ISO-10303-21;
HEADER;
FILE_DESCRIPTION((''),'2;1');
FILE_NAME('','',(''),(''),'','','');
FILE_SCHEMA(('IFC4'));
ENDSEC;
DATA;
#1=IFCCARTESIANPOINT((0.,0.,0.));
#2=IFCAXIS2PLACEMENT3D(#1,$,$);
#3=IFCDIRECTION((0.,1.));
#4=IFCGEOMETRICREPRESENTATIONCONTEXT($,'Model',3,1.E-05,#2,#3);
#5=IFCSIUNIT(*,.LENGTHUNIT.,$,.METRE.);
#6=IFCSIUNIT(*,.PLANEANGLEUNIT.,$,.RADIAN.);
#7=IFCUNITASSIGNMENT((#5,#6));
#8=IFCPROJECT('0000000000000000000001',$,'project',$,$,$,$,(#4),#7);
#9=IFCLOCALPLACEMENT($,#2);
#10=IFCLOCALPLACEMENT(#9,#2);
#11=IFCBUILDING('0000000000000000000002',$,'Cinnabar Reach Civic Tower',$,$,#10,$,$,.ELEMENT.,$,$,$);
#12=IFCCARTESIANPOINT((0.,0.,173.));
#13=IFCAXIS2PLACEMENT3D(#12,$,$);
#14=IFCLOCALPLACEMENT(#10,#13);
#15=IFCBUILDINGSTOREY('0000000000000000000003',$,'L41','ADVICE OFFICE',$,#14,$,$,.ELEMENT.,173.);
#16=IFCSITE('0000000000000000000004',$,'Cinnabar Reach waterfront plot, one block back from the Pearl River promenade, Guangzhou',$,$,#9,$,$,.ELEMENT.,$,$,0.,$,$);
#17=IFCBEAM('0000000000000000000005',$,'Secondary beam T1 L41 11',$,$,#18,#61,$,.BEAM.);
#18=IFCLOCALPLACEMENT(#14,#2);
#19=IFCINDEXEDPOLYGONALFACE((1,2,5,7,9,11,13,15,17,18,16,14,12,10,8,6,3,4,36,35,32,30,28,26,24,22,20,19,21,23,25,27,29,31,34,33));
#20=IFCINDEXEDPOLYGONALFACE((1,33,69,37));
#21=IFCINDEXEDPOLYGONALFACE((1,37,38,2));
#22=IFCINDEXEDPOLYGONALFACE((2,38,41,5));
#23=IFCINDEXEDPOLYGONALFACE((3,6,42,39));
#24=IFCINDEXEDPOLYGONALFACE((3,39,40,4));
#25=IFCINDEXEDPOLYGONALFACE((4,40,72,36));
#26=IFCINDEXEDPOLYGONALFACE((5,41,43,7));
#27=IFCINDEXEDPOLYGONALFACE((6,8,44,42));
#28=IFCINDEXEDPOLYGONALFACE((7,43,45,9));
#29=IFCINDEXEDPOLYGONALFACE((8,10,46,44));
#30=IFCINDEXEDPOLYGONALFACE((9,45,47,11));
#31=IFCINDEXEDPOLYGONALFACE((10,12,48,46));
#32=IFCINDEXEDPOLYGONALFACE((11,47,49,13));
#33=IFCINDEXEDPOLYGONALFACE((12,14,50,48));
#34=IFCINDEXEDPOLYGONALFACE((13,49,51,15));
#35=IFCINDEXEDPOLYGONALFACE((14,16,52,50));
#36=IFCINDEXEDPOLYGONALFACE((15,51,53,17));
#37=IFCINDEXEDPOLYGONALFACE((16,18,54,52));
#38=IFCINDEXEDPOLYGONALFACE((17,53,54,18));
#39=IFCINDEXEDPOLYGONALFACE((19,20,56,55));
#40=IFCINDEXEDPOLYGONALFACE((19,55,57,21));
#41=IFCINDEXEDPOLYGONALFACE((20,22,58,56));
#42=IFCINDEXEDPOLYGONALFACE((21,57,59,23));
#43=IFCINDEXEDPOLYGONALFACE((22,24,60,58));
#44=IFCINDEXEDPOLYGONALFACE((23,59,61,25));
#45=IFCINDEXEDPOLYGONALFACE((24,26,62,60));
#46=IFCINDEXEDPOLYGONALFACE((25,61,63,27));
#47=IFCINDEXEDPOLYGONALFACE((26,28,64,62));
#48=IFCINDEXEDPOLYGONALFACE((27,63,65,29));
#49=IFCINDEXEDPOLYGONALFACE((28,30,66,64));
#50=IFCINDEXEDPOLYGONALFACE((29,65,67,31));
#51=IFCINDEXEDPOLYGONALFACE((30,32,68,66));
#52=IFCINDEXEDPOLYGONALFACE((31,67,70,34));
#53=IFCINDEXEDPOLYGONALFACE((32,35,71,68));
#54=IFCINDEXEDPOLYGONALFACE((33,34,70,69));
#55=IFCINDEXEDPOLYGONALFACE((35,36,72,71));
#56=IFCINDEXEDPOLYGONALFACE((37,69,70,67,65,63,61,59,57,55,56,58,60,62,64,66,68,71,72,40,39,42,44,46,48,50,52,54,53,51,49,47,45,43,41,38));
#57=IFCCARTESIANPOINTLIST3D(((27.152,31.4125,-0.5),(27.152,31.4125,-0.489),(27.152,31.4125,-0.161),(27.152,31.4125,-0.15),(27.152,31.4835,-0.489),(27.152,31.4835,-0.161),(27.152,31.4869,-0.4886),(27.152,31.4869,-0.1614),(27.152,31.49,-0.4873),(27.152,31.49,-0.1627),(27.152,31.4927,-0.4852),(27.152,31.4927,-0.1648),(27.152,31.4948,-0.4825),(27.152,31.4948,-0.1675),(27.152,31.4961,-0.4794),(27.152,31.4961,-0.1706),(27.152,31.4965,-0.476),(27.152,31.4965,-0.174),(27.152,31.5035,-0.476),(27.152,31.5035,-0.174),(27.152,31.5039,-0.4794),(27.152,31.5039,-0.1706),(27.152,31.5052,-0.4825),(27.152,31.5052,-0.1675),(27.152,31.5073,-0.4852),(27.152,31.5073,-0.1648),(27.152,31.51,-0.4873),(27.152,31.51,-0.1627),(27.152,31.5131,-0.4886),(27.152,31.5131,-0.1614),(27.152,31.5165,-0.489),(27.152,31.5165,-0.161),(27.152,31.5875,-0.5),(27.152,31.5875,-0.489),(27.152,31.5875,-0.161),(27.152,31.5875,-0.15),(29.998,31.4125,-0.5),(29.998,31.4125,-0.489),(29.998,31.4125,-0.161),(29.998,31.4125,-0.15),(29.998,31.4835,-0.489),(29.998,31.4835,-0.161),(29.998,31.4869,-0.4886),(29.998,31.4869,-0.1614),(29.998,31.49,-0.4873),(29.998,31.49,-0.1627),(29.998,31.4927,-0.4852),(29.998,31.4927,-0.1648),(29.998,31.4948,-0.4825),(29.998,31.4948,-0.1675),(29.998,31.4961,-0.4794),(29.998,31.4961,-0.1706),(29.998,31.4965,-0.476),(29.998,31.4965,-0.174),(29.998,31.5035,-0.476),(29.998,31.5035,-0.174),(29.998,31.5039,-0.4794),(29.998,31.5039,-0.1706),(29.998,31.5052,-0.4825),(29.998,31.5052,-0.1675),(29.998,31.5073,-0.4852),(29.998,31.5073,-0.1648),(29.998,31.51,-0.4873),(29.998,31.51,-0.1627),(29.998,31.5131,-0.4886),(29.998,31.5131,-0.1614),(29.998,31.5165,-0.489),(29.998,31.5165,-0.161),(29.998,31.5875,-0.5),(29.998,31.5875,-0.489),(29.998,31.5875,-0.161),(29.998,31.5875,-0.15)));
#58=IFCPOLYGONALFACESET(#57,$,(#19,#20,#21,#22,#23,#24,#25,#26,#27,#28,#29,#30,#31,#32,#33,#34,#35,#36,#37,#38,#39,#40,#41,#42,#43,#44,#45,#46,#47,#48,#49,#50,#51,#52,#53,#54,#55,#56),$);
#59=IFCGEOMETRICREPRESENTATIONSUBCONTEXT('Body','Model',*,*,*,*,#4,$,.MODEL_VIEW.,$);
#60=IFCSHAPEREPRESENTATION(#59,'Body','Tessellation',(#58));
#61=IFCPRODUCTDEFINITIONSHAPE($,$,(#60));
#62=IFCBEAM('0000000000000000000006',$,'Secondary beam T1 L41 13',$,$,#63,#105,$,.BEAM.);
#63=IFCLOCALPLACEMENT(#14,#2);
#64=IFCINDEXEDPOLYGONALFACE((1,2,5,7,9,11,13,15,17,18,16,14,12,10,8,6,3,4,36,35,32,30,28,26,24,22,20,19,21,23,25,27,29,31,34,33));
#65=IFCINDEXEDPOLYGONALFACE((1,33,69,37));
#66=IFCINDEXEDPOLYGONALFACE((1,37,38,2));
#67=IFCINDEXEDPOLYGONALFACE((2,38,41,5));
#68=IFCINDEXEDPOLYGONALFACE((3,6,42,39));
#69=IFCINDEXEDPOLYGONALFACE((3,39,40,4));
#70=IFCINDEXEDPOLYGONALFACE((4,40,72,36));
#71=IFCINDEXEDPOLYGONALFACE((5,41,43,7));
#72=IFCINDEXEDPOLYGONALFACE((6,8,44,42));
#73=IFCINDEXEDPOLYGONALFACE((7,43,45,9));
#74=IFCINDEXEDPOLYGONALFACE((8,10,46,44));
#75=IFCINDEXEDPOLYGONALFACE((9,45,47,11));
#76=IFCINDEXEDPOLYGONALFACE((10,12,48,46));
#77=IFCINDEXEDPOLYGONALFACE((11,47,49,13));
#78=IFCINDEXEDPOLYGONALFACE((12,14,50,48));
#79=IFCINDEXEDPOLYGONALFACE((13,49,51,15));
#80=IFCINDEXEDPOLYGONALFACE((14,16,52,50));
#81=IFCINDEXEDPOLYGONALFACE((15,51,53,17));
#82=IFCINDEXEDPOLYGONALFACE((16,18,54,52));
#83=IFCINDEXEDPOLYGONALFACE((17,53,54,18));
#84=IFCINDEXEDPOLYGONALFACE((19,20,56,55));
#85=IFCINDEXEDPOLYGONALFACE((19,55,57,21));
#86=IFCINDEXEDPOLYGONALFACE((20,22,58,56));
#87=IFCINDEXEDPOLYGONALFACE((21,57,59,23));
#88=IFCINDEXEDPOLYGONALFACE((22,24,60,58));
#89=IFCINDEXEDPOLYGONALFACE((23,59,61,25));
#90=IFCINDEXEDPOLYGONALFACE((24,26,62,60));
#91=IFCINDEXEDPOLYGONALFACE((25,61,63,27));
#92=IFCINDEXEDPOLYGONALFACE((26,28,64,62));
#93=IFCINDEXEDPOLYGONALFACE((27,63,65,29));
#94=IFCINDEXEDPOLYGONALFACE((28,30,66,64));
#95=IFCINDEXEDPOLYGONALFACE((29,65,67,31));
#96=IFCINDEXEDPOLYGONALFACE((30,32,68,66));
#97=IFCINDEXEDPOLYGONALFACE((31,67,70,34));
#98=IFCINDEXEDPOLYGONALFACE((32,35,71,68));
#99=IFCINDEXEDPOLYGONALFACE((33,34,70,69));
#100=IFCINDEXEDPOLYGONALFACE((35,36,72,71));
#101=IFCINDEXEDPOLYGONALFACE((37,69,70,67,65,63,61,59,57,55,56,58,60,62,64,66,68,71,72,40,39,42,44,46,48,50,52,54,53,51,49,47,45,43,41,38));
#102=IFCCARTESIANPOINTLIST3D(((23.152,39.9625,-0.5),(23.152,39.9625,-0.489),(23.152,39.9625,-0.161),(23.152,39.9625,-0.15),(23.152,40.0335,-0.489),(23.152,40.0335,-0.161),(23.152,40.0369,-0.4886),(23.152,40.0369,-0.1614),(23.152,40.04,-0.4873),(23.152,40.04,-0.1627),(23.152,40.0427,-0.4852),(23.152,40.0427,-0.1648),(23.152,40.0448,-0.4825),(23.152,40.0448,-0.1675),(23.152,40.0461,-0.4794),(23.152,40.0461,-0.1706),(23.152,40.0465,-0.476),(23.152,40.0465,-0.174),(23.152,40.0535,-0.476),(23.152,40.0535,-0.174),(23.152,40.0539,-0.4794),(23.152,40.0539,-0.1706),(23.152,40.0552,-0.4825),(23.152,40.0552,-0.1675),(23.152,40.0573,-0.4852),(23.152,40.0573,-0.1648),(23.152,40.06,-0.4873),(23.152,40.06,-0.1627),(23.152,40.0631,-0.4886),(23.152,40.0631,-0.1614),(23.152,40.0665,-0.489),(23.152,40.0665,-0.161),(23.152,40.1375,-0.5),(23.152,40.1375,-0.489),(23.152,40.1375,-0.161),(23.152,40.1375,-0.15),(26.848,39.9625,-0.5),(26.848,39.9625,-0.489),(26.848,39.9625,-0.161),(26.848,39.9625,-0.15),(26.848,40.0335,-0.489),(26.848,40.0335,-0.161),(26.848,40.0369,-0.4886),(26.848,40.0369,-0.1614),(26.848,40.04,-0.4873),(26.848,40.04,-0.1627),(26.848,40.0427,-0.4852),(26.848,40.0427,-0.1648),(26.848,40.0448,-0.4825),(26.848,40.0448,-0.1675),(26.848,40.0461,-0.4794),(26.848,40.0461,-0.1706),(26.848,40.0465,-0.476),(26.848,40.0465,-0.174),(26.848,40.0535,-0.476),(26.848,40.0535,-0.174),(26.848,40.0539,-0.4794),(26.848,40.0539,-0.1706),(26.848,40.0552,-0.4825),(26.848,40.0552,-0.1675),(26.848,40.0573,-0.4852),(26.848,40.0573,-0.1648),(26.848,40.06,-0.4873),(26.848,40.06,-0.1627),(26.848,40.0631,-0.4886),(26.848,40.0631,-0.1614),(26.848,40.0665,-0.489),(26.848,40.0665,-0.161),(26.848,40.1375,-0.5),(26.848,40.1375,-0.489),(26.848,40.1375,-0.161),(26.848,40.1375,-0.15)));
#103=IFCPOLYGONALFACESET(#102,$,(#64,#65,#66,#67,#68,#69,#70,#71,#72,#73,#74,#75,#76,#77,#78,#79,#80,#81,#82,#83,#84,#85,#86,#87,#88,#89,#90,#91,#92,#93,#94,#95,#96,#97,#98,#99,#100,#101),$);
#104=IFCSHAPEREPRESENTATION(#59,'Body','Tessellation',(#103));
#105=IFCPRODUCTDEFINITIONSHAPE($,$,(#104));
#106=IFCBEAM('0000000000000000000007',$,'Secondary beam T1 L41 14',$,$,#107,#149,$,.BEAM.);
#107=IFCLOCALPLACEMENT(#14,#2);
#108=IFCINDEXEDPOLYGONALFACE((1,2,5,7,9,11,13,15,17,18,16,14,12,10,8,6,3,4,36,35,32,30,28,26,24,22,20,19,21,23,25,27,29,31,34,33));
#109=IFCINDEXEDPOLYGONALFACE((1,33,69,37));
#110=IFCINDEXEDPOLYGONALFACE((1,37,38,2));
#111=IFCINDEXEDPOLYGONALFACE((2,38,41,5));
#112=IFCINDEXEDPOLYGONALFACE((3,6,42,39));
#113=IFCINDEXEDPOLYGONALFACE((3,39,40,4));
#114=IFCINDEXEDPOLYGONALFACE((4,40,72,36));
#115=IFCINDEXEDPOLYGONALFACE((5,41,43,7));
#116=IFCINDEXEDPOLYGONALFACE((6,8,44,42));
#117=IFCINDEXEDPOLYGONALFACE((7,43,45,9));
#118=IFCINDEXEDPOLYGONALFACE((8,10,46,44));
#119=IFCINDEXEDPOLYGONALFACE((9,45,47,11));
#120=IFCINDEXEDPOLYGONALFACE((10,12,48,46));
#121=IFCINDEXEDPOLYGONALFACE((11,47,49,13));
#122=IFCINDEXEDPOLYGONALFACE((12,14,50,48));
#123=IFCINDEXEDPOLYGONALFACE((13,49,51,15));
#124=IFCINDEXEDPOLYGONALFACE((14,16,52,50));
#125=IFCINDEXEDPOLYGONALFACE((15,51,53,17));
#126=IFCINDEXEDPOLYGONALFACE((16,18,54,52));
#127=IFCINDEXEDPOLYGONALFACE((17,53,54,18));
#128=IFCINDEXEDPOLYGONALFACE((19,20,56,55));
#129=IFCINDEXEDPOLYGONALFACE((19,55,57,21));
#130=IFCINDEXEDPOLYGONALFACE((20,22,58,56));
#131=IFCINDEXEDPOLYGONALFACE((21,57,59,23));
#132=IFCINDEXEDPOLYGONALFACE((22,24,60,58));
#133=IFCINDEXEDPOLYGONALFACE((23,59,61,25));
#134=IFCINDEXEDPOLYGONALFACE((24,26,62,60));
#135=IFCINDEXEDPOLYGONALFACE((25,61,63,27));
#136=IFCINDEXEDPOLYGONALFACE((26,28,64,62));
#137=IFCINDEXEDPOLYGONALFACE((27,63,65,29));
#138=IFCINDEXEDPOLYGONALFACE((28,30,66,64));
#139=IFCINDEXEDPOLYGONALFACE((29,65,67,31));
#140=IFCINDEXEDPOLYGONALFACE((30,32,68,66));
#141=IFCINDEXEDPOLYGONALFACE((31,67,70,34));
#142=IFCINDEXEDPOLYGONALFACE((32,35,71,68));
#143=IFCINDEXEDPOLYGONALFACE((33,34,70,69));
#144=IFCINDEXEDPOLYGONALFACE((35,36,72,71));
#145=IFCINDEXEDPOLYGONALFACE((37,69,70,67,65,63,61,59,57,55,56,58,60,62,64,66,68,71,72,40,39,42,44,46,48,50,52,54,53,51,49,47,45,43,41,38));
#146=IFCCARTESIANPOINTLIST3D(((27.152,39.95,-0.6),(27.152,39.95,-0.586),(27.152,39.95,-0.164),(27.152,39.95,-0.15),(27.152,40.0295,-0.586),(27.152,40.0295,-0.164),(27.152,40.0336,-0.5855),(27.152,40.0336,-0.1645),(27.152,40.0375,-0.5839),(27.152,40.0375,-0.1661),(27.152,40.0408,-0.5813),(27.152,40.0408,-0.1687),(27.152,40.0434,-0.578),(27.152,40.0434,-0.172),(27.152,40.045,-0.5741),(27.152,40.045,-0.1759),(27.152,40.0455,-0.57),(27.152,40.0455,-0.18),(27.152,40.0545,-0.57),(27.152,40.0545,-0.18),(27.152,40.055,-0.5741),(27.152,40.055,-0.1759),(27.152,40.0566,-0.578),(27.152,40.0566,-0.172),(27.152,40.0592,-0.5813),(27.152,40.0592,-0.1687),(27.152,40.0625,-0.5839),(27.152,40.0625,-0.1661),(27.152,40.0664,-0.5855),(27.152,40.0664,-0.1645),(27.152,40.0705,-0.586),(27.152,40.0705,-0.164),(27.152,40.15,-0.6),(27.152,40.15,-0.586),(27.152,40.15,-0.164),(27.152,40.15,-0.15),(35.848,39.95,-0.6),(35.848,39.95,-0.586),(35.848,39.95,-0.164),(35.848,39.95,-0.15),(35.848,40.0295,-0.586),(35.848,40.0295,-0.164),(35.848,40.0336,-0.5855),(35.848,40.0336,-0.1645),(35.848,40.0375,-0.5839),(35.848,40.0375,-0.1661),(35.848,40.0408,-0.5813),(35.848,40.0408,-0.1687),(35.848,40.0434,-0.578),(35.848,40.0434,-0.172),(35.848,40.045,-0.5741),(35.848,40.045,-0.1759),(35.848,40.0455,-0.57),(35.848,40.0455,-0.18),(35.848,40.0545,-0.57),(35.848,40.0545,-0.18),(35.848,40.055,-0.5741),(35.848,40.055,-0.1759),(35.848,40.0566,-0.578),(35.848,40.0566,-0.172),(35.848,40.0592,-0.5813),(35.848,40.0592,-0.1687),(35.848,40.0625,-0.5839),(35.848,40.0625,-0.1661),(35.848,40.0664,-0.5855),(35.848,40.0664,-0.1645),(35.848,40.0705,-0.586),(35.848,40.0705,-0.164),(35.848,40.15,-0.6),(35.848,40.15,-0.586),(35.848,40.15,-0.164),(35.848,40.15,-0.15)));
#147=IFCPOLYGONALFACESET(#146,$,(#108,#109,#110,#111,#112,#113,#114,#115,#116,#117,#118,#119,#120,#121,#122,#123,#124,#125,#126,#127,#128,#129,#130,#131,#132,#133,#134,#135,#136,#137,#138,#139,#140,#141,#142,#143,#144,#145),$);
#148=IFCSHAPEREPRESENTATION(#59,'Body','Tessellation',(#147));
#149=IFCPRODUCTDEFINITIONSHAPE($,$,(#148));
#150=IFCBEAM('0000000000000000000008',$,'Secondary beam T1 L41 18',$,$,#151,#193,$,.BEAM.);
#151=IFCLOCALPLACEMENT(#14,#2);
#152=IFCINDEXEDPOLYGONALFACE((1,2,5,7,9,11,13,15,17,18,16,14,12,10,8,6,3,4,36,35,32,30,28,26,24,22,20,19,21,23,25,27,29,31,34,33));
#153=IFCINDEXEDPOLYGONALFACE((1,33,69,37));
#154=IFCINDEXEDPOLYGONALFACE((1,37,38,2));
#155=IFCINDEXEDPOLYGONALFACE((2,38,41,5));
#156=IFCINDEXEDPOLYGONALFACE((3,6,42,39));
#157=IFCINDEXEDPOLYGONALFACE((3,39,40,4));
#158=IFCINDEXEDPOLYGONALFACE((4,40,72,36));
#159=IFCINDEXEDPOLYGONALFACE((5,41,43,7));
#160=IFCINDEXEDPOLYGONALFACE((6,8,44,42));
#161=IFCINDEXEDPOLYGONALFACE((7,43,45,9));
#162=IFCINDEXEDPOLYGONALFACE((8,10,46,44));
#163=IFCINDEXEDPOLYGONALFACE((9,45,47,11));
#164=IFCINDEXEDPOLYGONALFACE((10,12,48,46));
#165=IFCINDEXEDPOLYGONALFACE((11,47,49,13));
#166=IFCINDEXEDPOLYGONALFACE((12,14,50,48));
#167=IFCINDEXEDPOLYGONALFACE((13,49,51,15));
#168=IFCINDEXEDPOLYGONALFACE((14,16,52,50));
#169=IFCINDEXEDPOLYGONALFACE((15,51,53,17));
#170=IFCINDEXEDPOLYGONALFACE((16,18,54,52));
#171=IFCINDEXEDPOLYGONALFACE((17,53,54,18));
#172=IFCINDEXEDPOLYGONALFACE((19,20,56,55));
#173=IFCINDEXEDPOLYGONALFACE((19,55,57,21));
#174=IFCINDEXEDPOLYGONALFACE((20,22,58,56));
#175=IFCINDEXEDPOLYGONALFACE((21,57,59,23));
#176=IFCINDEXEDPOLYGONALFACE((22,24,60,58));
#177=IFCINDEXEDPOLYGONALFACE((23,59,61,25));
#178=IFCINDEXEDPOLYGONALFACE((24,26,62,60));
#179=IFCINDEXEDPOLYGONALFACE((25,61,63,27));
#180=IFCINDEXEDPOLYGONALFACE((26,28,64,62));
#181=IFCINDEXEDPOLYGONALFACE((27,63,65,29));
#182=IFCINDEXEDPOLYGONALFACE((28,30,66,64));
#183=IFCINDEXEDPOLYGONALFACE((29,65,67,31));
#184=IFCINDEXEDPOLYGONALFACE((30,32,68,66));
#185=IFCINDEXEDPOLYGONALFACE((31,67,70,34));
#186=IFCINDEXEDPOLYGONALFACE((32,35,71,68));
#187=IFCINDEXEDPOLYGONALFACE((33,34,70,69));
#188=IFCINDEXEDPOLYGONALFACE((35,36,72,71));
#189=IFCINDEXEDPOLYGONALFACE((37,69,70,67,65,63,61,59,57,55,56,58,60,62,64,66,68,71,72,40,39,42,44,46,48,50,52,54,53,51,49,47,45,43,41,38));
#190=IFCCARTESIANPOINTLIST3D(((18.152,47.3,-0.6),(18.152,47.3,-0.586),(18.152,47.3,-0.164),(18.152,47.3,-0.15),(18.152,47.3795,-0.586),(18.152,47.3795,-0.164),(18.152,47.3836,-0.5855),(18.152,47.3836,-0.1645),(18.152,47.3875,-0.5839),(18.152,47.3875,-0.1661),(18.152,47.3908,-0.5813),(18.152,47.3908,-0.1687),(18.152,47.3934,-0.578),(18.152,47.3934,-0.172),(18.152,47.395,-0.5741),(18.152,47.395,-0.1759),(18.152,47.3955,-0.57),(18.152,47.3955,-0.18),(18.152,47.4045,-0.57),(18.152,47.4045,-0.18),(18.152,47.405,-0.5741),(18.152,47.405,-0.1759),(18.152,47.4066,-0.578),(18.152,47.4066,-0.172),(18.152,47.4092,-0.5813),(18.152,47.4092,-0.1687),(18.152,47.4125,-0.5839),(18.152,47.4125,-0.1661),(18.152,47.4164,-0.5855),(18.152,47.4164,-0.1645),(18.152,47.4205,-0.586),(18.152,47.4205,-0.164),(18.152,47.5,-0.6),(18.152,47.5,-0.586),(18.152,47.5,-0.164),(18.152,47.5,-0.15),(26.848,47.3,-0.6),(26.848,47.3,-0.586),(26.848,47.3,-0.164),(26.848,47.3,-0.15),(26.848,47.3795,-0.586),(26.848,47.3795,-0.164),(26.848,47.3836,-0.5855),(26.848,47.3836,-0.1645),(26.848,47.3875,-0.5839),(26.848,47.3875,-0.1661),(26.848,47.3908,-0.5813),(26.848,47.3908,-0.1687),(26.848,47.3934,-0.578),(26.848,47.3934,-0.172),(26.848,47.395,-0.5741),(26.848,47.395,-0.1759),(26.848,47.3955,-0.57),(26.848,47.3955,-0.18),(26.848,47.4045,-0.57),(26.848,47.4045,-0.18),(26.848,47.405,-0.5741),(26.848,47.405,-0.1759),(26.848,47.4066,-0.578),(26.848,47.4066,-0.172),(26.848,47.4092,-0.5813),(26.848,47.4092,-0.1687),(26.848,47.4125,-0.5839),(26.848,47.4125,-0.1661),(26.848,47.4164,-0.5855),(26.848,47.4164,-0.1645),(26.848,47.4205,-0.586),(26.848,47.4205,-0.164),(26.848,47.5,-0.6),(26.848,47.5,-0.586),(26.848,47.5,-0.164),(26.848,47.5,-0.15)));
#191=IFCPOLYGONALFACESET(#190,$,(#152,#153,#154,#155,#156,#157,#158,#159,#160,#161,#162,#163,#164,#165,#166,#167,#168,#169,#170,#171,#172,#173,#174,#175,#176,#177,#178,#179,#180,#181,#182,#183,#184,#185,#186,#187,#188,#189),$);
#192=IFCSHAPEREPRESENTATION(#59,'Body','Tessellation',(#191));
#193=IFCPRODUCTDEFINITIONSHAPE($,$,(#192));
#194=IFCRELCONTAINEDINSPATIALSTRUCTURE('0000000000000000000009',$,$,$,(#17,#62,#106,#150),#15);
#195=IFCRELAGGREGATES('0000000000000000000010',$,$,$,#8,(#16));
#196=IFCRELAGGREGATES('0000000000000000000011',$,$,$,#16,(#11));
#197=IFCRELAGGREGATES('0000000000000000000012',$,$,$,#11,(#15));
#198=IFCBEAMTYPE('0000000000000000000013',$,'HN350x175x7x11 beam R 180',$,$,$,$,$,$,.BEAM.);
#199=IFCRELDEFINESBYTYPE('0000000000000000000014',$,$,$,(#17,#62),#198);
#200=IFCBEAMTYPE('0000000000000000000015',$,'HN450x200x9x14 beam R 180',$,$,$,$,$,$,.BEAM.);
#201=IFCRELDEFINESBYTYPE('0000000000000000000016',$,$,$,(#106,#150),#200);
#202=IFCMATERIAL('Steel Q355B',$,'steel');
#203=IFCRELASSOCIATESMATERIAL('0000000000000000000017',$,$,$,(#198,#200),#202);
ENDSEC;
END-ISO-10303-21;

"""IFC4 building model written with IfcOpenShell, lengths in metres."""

from ifc_helpers import new_model, si_unit, direction, frame, origin, origin_2d, place, context, subcontext, project, spatial, i_section, extrude, material, material_profile, profile_set, type_object, element, save


model = new_model("IFC4")

# Units and contexts
model_context = context("Model", 3, precision=1e-05, world=origin(), true_north=direction((0.0, 1.0)))
body_context = subcontext(model_context, "Body", "Model", "MODEL_VIEW")
ifc_project = project(units=[si_unit("LENGTHUNIT", "METRE"), si_unit("PLANEANGLEUNIT", "RADIAN")], contexts=[model_context])

# Site, building, storey
site_placement = place(None, origin())
site = spatial("IfcSite", under=ifc_project, at=site_placement, Name="Cinnabar Reach waterfront plot, one block back from the Pearl River promenade, Guangzhou", CompositionType="ELEMENT", RefElevation=0.0)
building_placement = place(site_placement, origin())
building = spatial("IfcBuilding", under=site, at=building_placement, Name="Cinnabar Reach Civic Tower", CompositionType="ELEMENT")
storey_placement = place(building_placement, frame((0.0, 0.0, 173.0)))
storey = spatial("IfcBuildingStorey", under=building, at=storey_placement, Name="L41", Description="ADVICE OFFICE", CompositionType="ELEMENT", Elevation=173.0)

# Beams
ifc_material_1 = material(Name="Steel Q355B", Category="steel")
ifc_material_profile_1 = material_profile(ifc_material_1, i_section(OverallWidth=0.175, OverallDepth=0.35, WebThickness=0.007, FlangeThickness=0.011, FilletRadius=0.013, at=origin_2d()), Name="HN350x175x7x11")
ifc_profile_set_1 = profile_set([ifc_material_profile_1], Name="Steel Q355B")
beam_type_1 = type_object("IfcBeamType", Name="HN350x175x7x11 beam R 180", PredefinedType="BEAM", material=ifc_profile_set_1)
beam_1_placement = place(storey_placement, frame((27.152, 31.5, -0.325), z_axis=(1.0, 0.0, 0.0), x_axis=(0.0, 1.0, 0.0)))
element("IfcBeam", 1, at=beam_1_placement, inside=storey, type_object=beam_type_1, Name="Secondary beam T1 L41 11", PredefinedType="BEAM", context=body_context, shape_type="SweptSolid", body=[
    extrude(i_section(OverallWidth=0.175, OverallDepth=0.35, WebThickness=0.007, FlangeThickness=0.011, FilletRadius=0.013, at=origin_2d()), origin(), (0.0, 0.0, 1.0), 2.846),
])
beam_2_placement = place(storey_placement, frame((23.152, 40.05, -0.325), z_axis=(1.0, 0.0, 0.0), x_axis=(0.0, 1.0, 0.0)))
element("IfcBeam", 2, at=beam_2_placement, inside=storey, type_object=beam_type_1, Name="Secondary beam T1 L41 13", PredefinedType="BEAM", context=body_context, shape_type="SweptSolid", body=[
    extrude(i_section(OverallWidth=0.175, OverallDepth=0.35, WebThickness=0.007, FlangeThickness=0.011, FilletRadius=0.013, at=origin_2d()), origin(), (0.0, 0.0, 1.0), 3.696),
])
ifc_material_profile_2 = material_profile(ifc_material_1, i_section(OverallWidth=0.2, OverallDepth=0.45, WebThickness=0.009, FlangeThickness=0.014, FilletRadius=0.016, at=origin_2d()), Name="HN450x200x9x14")
ifc_profile_set_2 = profile_set([ifc_material_profile_2], Name="Steel Q355B")
beam_type_2 = type_object("IfcBeamType", Name="HN450x200x9x14 beam R 180", PredefinedType="BEAM", material=ifc_profile_set_2)
for number, where, z_axis, x_axis, name in (
    (3, (27.152, 40.05, -0.375), (1.0, 0.0, 0.0), (0.0, 1.0, 0.0), "Secondary beam T1 L41 14"),
    (4, (18.152, 47.4, -0.375), (1.0, 0.0, 0.0), (0.0, 1.0, 0.0), "Secondary beam T1 L41 18"),
):
    element("IfcBeam", number, at=place(storey_placement, frame(where, z_axis=z_axis, x_axis=x_axis)), inside=storey, type_object=beam_type_2, Name=name, PredefinedType="BEAM", context=body_context, shape_type="SweptSolid", body=[
        extrude(i_section(OverallWidth=0.2, OverallDepth=0.45, WebThickness=0.009, FlangeThickness=0.014, FilletRadius=0.016, at=origin_2d()), origin(), (0.0, 0.0, 1.0), 8.696),
    ])

save(model, "model.ifc")
